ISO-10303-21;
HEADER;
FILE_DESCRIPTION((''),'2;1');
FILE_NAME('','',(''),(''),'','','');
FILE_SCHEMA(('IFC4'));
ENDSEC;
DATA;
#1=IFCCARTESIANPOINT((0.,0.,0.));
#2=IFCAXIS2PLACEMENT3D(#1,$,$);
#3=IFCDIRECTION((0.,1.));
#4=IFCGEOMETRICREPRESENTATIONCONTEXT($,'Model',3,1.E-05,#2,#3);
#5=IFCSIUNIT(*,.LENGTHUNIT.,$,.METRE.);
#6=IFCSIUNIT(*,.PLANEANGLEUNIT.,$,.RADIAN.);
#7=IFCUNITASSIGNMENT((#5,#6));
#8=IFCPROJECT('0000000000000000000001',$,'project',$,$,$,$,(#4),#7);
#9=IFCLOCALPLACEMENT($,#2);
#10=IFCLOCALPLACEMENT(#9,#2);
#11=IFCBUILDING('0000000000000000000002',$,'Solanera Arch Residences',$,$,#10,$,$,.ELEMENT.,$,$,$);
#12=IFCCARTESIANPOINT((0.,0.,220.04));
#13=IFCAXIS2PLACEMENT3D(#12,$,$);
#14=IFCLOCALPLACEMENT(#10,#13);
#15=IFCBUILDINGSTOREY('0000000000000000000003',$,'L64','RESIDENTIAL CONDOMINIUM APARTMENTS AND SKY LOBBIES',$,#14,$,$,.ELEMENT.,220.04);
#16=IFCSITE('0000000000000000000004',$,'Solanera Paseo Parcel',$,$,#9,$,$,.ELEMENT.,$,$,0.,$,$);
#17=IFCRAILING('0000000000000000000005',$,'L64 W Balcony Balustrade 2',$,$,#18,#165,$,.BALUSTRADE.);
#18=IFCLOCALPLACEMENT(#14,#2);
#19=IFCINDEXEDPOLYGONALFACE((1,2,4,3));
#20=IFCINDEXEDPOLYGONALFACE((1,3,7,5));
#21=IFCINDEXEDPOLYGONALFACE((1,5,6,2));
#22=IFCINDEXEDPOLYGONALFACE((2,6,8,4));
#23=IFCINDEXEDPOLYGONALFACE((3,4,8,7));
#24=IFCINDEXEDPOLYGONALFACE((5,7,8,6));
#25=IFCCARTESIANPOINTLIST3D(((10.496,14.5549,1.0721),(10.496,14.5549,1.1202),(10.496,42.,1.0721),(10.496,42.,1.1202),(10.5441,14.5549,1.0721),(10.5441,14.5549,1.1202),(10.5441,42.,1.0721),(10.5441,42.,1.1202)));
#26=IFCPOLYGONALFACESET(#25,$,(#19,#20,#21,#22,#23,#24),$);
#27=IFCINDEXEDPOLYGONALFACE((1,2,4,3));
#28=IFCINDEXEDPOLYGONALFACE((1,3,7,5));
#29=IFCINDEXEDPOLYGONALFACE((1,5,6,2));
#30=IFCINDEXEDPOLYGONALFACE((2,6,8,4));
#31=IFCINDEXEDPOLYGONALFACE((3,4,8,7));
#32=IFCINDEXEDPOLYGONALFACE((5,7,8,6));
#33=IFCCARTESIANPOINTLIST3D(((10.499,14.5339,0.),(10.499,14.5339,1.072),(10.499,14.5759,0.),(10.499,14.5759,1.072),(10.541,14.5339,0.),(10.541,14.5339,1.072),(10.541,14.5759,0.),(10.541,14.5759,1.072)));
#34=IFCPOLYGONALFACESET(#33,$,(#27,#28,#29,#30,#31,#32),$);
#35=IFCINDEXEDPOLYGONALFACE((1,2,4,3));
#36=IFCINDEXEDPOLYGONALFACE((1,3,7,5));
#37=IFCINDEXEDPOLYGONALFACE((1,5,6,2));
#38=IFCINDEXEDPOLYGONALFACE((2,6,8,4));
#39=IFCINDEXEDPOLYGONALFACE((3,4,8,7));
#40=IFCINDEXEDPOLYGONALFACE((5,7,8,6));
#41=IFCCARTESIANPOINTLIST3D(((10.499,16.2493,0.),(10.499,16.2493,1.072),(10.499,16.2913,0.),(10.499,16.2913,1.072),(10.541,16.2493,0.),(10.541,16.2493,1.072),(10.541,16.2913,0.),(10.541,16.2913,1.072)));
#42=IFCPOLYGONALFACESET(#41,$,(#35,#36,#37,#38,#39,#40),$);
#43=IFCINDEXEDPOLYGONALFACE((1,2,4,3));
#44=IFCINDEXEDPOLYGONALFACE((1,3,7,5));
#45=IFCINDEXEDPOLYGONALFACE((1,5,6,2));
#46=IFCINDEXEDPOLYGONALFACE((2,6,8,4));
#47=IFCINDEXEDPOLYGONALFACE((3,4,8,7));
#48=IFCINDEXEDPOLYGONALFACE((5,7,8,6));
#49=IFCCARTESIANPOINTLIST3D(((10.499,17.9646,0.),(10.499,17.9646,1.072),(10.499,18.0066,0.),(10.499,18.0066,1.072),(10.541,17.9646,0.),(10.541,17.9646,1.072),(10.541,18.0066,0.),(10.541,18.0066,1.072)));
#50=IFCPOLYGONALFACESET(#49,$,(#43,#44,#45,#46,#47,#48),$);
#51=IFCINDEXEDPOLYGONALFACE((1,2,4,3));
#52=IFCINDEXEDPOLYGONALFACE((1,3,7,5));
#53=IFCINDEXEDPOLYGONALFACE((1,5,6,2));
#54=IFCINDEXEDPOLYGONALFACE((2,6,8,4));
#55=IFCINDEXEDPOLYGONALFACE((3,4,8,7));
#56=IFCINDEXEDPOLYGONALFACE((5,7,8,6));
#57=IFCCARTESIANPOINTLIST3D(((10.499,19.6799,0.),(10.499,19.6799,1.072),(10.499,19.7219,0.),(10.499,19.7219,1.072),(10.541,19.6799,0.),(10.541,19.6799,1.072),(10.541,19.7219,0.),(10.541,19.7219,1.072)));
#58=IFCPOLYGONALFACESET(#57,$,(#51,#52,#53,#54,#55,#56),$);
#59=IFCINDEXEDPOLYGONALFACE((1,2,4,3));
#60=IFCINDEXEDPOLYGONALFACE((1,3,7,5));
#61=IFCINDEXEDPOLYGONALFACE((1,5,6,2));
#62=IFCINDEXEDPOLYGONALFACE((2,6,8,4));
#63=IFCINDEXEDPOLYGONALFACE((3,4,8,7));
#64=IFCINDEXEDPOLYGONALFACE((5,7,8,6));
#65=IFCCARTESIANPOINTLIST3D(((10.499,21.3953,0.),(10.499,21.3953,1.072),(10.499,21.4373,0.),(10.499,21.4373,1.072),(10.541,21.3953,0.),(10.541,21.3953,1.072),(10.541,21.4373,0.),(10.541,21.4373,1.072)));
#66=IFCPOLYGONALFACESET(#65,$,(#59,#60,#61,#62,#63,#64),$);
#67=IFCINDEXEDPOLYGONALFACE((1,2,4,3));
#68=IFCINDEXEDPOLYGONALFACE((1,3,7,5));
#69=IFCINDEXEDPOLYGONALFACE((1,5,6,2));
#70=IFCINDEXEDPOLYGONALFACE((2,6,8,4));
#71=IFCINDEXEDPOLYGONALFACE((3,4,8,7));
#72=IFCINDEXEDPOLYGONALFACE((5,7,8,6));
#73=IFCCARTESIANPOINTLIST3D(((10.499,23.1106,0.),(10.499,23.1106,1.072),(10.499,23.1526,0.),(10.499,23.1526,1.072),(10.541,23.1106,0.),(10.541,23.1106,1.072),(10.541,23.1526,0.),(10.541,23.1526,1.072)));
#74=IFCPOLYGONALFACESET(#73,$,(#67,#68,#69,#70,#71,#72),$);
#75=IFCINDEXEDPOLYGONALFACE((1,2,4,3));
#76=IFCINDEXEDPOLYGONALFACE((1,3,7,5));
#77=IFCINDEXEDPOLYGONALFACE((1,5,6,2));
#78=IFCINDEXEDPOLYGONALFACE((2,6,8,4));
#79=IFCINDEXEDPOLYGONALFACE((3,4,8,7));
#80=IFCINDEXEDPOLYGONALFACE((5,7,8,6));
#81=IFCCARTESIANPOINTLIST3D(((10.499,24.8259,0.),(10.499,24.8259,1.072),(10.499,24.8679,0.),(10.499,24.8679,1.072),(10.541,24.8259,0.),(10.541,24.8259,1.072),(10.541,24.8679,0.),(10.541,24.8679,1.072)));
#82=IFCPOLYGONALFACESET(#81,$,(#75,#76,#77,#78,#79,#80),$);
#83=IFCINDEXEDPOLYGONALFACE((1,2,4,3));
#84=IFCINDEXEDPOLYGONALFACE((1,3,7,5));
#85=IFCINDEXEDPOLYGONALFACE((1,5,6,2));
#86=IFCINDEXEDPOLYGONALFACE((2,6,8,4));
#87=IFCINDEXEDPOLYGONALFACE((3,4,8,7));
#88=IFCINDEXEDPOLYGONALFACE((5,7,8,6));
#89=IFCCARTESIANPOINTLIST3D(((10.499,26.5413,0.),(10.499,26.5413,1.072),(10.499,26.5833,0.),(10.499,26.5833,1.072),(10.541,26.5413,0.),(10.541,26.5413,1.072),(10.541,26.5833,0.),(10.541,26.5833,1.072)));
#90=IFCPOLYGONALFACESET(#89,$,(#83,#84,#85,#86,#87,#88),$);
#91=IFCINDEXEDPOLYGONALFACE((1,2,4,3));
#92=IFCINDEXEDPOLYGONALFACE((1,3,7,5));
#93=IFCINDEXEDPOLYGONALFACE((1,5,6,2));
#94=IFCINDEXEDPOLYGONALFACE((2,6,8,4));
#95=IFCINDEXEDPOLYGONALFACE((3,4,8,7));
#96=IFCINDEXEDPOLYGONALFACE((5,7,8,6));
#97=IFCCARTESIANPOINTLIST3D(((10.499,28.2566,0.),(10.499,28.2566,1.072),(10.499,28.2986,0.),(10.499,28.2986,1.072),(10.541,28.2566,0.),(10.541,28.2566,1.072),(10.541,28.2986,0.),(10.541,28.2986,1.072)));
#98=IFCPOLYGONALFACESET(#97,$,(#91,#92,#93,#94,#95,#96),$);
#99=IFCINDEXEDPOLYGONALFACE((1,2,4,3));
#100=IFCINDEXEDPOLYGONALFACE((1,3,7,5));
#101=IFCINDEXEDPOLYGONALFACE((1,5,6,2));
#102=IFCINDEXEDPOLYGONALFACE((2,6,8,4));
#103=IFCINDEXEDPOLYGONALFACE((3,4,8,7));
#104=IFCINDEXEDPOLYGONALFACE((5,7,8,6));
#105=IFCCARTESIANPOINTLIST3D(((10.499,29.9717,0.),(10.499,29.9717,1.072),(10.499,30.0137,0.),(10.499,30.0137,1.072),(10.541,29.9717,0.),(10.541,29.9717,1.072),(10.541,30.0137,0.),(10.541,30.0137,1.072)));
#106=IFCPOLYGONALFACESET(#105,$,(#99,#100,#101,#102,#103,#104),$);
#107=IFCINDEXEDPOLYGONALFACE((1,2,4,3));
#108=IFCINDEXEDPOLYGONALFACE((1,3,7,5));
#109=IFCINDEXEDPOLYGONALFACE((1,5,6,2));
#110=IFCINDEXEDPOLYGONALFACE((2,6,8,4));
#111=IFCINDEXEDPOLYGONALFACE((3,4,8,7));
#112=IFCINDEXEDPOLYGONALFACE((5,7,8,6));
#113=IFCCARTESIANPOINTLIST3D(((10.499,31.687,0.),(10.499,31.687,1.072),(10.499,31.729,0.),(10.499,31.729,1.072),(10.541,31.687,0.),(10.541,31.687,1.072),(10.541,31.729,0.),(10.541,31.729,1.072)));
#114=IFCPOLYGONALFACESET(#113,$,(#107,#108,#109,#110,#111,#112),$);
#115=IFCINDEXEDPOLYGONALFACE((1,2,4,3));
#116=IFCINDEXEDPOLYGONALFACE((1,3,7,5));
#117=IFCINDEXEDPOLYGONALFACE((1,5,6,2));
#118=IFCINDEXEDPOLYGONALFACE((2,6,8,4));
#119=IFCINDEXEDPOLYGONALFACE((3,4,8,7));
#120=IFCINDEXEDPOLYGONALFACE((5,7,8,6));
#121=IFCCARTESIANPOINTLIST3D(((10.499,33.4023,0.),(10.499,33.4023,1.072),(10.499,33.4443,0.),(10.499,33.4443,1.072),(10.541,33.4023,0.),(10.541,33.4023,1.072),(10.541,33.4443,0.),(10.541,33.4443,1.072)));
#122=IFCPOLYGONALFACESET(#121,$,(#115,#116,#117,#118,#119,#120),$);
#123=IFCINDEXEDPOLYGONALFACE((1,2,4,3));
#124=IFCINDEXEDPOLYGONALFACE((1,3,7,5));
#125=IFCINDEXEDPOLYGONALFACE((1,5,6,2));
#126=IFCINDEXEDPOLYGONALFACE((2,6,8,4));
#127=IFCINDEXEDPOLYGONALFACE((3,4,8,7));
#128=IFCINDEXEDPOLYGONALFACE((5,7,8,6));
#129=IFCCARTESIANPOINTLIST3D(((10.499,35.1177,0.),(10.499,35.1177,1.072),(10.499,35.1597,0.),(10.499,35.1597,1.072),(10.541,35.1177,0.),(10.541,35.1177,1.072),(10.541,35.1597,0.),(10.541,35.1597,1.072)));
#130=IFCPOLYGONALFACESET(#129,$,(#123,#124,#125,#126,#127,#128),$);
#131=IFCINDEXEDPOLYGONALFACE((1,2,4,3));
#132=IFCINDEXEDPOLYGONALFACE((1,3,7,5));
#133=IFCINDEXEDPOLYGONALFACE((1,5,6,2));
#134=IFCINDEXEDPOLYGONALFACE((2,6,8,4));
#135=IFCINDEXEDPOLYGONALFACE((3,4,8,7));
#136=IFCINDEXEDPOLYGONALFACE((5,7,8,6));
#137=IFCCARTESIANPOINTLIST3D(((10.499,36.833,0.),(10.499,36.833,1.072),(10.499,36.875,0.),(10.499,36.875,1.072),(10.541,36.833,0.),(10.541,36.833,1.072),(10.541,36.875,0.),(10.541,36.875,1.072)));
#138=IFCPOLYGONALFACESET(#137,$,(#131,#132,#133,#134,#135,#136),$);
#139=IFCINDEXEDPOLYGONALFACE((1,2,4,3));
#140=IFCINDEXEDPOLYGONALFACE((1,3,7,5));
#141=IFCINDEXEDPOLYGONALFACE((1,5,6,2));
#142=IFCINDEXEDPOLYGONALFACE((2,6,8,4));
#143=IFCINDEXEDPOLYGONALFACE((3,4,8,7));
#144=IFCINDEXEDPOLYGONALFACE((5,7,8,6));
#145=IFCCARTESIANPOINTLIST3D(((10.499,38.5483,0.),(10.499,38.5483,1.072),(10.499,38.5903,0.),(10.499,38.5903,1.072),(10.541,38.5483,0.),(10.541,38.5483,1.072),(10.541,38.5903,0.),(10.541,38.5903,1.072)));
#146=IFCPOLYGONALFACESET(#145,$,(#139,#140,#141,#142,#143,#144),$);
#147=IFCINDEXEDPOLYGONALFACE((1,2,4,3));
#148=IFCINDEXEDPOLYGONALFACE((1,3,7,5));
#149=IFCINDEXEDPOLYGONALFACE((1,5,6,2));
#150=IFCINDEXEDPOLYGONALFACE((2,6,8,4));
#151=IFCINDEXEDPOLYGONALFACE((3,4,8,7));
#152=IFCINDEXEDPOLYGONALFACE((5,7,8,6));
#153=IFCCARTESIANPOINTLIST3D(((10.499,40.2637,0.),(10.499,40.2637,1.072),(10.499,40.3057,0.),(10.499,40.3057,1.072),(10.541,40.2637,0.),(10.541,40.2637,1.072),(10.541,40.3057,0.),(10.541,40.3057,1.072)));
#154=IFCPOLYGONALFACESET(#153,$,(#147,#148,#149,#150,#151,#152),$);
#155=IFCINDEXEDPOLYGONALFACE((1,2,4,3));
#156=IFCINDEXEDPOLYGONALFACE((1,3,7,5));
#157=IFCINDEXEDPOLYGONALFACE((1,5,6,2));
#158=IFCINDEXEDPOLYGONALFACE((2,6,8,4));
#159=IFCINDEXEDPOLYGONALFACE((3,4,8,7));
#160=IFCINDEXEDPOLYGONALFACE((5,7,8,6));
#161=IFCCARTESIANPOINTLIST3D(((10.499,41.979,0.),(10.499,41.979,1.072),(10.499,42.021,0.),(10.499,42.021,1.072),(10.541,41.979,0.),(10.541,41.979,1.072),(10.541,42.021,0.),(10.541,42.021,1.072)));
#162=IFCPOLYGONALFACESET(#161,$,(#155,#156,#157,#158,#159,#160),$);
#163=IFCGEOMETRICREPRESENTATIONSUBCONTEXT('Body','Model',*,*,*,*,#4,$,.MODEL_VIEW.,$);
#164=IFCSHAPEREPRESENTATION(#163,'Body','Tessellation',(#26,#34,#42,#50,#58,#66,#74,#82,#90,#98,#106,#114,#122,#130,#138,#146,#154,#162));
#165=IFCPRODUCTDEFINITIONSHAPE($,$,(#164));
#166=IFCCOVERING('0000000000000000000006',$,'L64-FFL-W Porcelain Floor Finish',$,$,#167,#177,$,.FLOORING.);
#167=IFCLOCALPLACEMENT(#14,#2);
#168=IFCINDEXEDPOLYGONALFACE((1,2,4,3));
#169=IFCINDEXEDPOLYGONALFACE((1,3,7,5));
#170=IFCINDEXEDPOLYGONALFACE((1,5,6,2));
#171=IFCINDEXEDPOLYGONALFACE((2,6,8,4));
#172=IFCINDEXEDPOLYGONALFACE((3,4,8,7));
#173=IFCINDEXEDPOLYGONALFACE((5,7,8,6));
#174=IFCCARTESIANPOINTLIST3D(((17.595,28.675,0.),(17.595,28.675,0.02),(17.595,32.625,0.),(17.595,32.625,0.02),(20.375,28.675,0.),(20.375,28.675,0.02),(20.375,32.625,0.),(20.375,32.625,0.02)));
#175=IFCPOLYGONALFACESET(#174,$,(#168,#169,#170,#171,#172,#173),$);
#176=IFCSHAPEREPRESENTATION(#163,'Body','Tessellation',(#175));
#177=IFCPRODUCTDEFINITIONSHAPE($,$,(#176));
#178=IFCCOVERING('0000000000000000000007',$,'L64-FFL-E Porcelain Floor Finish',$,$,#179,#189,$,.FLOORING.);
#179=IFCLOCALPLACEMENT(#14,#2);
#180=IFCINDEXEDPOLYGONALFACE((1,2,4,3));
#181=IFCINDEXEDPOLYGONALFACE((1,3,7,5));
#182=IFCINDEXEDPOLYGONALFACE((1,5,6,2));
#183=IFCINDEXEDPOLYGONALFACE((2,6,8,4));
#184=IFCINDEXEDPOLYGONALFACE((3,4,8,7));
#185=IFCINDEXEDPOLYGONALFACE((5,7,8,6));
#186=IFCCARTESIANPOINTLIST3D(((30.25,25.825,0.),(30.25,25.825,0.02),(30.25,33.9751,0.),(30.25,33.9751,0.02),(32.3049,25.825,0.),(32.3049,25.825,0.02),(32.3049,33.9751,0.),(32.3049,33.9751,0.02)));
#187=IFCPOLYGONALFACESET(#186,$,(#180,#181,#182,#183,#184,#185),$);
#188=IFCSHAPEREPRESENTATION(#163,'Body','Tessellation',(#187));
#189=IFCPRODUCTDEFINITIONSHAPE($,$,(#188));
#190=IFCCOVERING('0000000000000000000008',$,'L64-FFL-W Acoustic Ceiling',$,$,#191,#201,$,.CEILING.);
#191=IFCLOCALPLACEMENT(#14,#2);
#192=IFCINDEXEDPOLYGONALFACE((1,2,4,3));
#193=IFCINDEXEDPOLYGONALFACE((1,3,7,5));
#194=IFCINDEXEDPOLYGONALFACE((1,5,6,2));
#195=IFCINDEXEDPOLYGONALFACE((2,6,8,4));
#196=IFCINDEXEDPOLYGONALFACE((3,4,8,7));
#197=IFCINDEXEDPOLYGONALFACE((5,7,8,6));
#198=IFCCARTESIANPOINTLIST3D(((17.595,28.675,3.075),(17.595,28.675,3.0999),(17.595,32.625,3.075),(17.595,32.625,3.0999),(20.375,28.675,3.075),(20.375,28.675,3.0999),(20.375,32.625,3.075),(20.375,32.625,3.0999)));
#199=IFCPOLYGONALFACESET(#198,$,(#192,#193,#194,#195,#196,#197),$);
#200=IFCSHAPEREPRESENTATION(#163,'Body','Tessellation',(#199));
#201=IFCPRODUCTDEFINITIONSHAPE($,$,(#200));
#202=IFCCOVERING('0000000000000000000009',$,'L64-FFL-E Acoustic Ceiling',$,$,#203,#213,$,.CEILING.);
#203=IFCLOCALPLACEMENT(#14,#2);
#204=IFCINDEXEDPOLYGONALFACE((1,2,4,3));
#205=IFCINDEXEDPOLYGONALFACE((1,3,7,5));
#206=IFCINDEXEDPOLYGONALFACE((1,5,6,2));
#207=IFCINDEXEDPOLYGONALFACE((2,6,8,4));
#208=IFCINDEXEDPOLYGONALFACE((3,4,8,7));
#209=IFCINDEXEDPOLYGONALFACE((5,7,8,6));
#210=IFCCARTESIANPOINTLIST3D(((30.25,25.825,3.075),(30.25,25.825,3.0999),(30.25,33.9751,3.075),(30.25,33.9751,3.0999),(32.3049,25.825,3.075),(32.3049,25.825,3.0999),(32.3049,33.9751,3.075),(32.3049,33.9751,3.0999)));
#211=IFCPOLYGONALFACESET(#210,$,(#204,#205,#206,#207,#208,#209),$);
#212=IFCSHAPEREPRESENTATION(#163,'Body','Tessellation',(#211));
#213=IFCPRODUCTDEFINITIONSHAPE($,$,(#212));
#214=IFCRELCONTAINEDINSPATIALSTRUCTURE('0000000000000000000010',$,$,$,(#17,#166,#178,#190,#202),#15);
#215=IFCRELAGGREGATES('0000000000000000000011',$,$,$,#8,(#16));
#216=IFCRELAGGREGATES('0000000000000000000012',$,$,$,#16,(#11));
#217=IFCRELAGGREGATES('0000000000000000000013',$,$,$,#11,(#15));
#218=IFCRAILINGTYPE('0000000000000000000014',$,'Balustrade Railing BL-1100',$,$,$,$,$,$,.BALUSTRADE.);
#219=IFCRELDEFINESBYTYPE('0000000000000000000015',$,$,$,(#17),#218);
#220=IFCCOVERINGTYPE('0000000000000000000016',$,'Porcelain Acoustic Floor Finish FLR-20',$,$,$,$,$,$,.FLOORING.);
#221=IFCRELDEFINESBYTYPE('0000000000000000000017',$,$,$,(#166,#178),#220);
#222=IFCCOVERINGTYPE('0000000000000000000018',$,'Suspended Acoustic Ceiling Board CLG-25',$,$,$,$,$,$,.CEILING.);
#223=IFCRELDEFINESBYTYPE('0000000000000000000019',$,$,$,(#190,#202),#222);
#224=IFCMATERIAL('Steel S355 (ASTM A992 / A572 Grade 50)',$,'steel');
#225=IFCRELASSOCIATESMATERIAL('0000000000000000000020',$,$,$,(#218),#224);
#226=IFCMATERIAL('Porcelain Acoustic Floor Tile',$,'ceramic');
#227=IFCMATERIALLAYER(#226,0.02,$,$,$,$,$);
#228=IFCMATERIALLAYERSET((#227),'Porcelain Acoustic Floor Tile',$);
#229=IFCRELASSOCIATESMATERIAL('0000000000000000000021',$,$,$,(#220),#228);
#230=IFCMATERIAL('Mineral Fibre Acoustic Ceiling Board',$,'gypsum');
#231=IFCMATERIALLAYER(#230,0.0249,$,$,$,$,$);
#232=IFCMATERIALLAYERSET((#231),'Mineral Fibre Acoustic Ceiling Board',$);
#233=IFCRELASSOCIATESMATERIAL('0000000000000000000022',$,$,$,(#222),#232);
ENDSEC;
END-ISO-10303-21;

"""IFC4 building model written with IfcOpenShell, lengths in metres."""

from ifc_helpers import new_model, si_unit, direction, frame, origin, origin_2d, place, context, subcontext, project, spatial, polyline, rectangle, outline, extrude, material, layer, layer_set, type_object, element, save


model = new_model("IFC4")

# Units and contexts
model_context = context("Model", 3, precision=1e-05, world=origin(), true_north=direction((0.0, 1.0)))
body_context = subcontext(model_context, "Body", "Model", "MODEL_VIEW")
ifc_project = project(units=[si_unit("LENGTHUNIT", "METRE"), si_unit("PLANEANGLEUNIT", "RADIAN")], contexts=[model_context])

# Site, building, storey
site_placement = place(None, origin())
site = spatial("IfcSite", under=ifc_project, at=site_placement, Name="Solanera Paseo Parcel", CompositionType="ELEMENT", RefElevation=0.0)
building_placement = place(site_placement, origin())
building = spatial("IfcBuilding", under=site, at=building_placement, Name="Solanera Arch Residences", CompositionType="ELEMENT")
storey_placement = place(building_placement, frame((0.0, 0.0, 220.04)))
storey = spatial("IfcBuildingStorey", under=building, at=storey_placement, Name="L64", Description="RESIDENTIAL CONDOMINIUM APARTMENTS AND SKY LOBBIES", CompositionType="ELEMENT", Elevation=220.04)

# Railing
ifc_material_1 = material(Name="Steel S355 (ASTM A992 / A572 Grade 50)", Category="steel")
railing_type = type_object("IfcRailingType", Name="Balustrade Railing BL-1100", PredefinedType="BALUSTRADE", material=ifc_material_1)
railing_placement = place(storey_placement, frame((10.52, 14.5549, 0.0)))
element("IfcRailing", 1, at=railing_placement, inside=storey, type_object=railing_type, Name="L64 W Balcony Balustrade 2", PredefinedType="BALUSTRADE", context=body_context, shape_type="SweptSolid", body=[
    extrude(rectangle(XDim=0.0481, YDim=0.0481, at=origin_2d()), frame((0.0, 0.0, 1.0962), z_axis=(0.0, 1.0, 0.0), x_axis=(-1.0, 0.0, 0.0)), (0.0, 0.0, 1.0), 27.4451),
    extrude(rectangle(XDim=0.042, YDim=0.042, at=origin_2d()), origin(), (0.0, 0.0, 1.0), 1.072),
    extrude(rectangle(XDim=0.042, YDim=0.042, at=origin_2d()), frame((0.0, 1.7153, 0.0)), (0.0, 0.0, 1.0), 1.072),
    extrude(rectangle(XDim=0.042, YDim=0.042, at=origin_2d()), frame((0.0, 3.4307, 0.0)), (0.0, 0.0, 1.0), 1.072),
    extrude(rectangle(XDim=0.042, YDim=0.042, at=origin_2d()), frame((0.0, 5.146, 0.0)), (0.0, 0.0, 1.0), 1.072),
    extrude(rectangle(XDim=0.042, YDim=0.042, at=origin_2d()), frame((0.0, 6.8613, 0.0)), (0.0, 0.0, 1.0), 1.072),
    extrude(rectangle(XDim=0.042, YDim=0.042, at=origin_2d()), frame((0.0, 8.5767, 0.0)), (0.0, 0.0, 1.0), 1.072),
    extrude(rectangle(XDim=0.042, YDim=0.042, at=origin_2d()), frame((0.0, 10.292, 0.0)), (0.0, 0.0, 1.0), 1.072),
    extrude(rectangle(XDim=0.042, YDim=0.042, at=origin_2d()), frame((0.0, 12.0073, 0.0)), (0.0, 0.0, 1.0), 1.072),
    extrude(rectangle(XDim=0.042, YDim=0.042, at=origin_2d()), frame((0.0, 13.7227, 0.0)), (0.0, 0.0, 1.0), 1.072),
    extrude(rectangle(XDim=0.042, YDim=0.042, at=origin_2d()), frame((0.0, 15.4377, 0.0)), (0.0, 0.0, 1.0), 1.072),
    extrude(rectangle(XDim=0.042, YDim=0.042, at=origin_2d()), frame((0.0, 17.1531, 0.0)), (0.0, 0.0, 1.0), 1.072),
    extrude(rectangle(XDim=0.042, YDim=0.042, at=origin_2d()), frame((0.0, 18.8684, 0.0)), (0.0, 0.0, 1.0), 1.072),
    extrude(rectangle(XDim=0.042, YDim=0.042, at=origin_2d()), frame((0.0, 20.5837, 0.0)), (0.0, 0.0, 1.0), 1.072),
    extrude(rectangle(XDim=0.042, YDim=0.042, at=origin_2d()), frame((0.0, 22.2991, 0.0)), (0.0, 0.0, 1.0), 1.072),
    extrude(rectangle(XDim=0.042, YDim=0.042, at=origin_2d()), frame((0.0, 24.0144, 0.0)), (0.0, 0.0, 1.0), 1.072),
    extrude(rectangle(XDim=0.042, YDim=0.042, at=origin_2d()), frame((0.0, 25.7297, 0.0)), (0.0, 0.0, 1.0), 1.072),
    extrude(rectangle(XDim=0.042, YDim=0.042, at=origin_2d()), frame((0.0, 27.4451, 0.0)), (0.0, 0.0, 1.0), 1.072),
])

# Coverings
ifc_material_2 = material(Name="Porcelain Acoustic Floor Tile", Category="ceramic")
ifc_layer_1 = layer(ifc_material_2, 0.02)
ifc_layer_set_1 = layer_set([ifc_layer_1], Name="Porcelain Acoustic Floor Tile")
covering_type_1 = type_object("IfcCoveringType", Name="Porcelain Acoustic Floor Finish FLR-20", PredefinedType="FLOORING", material=ifc_layer_set_1)
covering_1_placement = place(storey_placement, origin())
element("IfcCovering", 2, at=covering_1_placement, inside=storey, type_object=covering_type_1, Name="L64-FFL-W Porcelain Floor Finish", PredefinedType="FLOORING", context=body_context, shape_type="SweptSolid", body=[
    extrude(outline(polyline([(20.375, 28.675), (17.595, 28.675), (17.595, 32.625), (20.375, 32.625), (20.375, 28.675)])), origin(), (0.0, 0.0, 1.0), 0.02),
])
covering_2_placement = place(storey_placement, origin())
element("IfcCovering", 3, at=covering_2_placement, inside=storey, type_object=covering_type_1, Name="L64-FFL-E Porcelain Floor Finish", PredefinedType="FLOORING", context=body_context, shape_type="SweptSolid", body=[
    extrude(outline(polyline([(32.3049, 25.825), (30.25, 25.825), (30.25, 33.9751), (32.3049, 33.9751), (32.3049, 25.825)])), origin(), (0.0, 0.0, 1.0), 0.02),
])
ifc_material_3 = material(Name="Mineral Fibre Acoustic Ceiling Board", Category="gypsum")
ifc_layer_2 = layer(ifc_material_3, 0.0249)
ifc_layer_set_2 = layer_set([ifc_layer_2], Name="Mineral Fibre Acoustic Ceiling Board")
covering_type_2 = type_object("IfcCoveringType", Name="Suspended Acoustic Ceiling Board CLG-25", PredefinedType="CEILING", material=ifc_layer_set_2)
covering_3_placement = place(storey_placement, frame((0.0, 0.0, 3.075)))
element("IfcCovering", 4, at=covering_3_placement, inside=storey, type_object=covering_type_2, Name="L64-FFL-W Acoustic Ceiling", PredefinedType="CEILING", context=body_context, shape_type="SweptSolid", body=[
    extrude(outline(polyline([(20.375, 28.675), (17.595, 28.675), (17.595, 32.625), (20.375, 32.625), (20.375, 28.675)])), origin(), (0.0, 0.0, 1.0), 0.0249),
])
covering_4_placement = place(storey_placement, frame((0.0, 0.0, 3.075)))
element("IfcCovering", 5, at=covering_4_placement, inside=storey, type_object=covering_type_2, Name="L64-FFL-E Acoustic Ceiling", PredefinedType="CEILING", context=body_context, shape_type="SweptSolid", body=[
    extrude(outline(polyline([(32.3049, 25.825), (30.25, 25.825), (30.25, 33.9751), (32.3049, 33.9751), (32.3049, 25.825)])), origin(), (0.0, 0.0, 1.0), 0.0249),
])

save(model, "model.ifc")
